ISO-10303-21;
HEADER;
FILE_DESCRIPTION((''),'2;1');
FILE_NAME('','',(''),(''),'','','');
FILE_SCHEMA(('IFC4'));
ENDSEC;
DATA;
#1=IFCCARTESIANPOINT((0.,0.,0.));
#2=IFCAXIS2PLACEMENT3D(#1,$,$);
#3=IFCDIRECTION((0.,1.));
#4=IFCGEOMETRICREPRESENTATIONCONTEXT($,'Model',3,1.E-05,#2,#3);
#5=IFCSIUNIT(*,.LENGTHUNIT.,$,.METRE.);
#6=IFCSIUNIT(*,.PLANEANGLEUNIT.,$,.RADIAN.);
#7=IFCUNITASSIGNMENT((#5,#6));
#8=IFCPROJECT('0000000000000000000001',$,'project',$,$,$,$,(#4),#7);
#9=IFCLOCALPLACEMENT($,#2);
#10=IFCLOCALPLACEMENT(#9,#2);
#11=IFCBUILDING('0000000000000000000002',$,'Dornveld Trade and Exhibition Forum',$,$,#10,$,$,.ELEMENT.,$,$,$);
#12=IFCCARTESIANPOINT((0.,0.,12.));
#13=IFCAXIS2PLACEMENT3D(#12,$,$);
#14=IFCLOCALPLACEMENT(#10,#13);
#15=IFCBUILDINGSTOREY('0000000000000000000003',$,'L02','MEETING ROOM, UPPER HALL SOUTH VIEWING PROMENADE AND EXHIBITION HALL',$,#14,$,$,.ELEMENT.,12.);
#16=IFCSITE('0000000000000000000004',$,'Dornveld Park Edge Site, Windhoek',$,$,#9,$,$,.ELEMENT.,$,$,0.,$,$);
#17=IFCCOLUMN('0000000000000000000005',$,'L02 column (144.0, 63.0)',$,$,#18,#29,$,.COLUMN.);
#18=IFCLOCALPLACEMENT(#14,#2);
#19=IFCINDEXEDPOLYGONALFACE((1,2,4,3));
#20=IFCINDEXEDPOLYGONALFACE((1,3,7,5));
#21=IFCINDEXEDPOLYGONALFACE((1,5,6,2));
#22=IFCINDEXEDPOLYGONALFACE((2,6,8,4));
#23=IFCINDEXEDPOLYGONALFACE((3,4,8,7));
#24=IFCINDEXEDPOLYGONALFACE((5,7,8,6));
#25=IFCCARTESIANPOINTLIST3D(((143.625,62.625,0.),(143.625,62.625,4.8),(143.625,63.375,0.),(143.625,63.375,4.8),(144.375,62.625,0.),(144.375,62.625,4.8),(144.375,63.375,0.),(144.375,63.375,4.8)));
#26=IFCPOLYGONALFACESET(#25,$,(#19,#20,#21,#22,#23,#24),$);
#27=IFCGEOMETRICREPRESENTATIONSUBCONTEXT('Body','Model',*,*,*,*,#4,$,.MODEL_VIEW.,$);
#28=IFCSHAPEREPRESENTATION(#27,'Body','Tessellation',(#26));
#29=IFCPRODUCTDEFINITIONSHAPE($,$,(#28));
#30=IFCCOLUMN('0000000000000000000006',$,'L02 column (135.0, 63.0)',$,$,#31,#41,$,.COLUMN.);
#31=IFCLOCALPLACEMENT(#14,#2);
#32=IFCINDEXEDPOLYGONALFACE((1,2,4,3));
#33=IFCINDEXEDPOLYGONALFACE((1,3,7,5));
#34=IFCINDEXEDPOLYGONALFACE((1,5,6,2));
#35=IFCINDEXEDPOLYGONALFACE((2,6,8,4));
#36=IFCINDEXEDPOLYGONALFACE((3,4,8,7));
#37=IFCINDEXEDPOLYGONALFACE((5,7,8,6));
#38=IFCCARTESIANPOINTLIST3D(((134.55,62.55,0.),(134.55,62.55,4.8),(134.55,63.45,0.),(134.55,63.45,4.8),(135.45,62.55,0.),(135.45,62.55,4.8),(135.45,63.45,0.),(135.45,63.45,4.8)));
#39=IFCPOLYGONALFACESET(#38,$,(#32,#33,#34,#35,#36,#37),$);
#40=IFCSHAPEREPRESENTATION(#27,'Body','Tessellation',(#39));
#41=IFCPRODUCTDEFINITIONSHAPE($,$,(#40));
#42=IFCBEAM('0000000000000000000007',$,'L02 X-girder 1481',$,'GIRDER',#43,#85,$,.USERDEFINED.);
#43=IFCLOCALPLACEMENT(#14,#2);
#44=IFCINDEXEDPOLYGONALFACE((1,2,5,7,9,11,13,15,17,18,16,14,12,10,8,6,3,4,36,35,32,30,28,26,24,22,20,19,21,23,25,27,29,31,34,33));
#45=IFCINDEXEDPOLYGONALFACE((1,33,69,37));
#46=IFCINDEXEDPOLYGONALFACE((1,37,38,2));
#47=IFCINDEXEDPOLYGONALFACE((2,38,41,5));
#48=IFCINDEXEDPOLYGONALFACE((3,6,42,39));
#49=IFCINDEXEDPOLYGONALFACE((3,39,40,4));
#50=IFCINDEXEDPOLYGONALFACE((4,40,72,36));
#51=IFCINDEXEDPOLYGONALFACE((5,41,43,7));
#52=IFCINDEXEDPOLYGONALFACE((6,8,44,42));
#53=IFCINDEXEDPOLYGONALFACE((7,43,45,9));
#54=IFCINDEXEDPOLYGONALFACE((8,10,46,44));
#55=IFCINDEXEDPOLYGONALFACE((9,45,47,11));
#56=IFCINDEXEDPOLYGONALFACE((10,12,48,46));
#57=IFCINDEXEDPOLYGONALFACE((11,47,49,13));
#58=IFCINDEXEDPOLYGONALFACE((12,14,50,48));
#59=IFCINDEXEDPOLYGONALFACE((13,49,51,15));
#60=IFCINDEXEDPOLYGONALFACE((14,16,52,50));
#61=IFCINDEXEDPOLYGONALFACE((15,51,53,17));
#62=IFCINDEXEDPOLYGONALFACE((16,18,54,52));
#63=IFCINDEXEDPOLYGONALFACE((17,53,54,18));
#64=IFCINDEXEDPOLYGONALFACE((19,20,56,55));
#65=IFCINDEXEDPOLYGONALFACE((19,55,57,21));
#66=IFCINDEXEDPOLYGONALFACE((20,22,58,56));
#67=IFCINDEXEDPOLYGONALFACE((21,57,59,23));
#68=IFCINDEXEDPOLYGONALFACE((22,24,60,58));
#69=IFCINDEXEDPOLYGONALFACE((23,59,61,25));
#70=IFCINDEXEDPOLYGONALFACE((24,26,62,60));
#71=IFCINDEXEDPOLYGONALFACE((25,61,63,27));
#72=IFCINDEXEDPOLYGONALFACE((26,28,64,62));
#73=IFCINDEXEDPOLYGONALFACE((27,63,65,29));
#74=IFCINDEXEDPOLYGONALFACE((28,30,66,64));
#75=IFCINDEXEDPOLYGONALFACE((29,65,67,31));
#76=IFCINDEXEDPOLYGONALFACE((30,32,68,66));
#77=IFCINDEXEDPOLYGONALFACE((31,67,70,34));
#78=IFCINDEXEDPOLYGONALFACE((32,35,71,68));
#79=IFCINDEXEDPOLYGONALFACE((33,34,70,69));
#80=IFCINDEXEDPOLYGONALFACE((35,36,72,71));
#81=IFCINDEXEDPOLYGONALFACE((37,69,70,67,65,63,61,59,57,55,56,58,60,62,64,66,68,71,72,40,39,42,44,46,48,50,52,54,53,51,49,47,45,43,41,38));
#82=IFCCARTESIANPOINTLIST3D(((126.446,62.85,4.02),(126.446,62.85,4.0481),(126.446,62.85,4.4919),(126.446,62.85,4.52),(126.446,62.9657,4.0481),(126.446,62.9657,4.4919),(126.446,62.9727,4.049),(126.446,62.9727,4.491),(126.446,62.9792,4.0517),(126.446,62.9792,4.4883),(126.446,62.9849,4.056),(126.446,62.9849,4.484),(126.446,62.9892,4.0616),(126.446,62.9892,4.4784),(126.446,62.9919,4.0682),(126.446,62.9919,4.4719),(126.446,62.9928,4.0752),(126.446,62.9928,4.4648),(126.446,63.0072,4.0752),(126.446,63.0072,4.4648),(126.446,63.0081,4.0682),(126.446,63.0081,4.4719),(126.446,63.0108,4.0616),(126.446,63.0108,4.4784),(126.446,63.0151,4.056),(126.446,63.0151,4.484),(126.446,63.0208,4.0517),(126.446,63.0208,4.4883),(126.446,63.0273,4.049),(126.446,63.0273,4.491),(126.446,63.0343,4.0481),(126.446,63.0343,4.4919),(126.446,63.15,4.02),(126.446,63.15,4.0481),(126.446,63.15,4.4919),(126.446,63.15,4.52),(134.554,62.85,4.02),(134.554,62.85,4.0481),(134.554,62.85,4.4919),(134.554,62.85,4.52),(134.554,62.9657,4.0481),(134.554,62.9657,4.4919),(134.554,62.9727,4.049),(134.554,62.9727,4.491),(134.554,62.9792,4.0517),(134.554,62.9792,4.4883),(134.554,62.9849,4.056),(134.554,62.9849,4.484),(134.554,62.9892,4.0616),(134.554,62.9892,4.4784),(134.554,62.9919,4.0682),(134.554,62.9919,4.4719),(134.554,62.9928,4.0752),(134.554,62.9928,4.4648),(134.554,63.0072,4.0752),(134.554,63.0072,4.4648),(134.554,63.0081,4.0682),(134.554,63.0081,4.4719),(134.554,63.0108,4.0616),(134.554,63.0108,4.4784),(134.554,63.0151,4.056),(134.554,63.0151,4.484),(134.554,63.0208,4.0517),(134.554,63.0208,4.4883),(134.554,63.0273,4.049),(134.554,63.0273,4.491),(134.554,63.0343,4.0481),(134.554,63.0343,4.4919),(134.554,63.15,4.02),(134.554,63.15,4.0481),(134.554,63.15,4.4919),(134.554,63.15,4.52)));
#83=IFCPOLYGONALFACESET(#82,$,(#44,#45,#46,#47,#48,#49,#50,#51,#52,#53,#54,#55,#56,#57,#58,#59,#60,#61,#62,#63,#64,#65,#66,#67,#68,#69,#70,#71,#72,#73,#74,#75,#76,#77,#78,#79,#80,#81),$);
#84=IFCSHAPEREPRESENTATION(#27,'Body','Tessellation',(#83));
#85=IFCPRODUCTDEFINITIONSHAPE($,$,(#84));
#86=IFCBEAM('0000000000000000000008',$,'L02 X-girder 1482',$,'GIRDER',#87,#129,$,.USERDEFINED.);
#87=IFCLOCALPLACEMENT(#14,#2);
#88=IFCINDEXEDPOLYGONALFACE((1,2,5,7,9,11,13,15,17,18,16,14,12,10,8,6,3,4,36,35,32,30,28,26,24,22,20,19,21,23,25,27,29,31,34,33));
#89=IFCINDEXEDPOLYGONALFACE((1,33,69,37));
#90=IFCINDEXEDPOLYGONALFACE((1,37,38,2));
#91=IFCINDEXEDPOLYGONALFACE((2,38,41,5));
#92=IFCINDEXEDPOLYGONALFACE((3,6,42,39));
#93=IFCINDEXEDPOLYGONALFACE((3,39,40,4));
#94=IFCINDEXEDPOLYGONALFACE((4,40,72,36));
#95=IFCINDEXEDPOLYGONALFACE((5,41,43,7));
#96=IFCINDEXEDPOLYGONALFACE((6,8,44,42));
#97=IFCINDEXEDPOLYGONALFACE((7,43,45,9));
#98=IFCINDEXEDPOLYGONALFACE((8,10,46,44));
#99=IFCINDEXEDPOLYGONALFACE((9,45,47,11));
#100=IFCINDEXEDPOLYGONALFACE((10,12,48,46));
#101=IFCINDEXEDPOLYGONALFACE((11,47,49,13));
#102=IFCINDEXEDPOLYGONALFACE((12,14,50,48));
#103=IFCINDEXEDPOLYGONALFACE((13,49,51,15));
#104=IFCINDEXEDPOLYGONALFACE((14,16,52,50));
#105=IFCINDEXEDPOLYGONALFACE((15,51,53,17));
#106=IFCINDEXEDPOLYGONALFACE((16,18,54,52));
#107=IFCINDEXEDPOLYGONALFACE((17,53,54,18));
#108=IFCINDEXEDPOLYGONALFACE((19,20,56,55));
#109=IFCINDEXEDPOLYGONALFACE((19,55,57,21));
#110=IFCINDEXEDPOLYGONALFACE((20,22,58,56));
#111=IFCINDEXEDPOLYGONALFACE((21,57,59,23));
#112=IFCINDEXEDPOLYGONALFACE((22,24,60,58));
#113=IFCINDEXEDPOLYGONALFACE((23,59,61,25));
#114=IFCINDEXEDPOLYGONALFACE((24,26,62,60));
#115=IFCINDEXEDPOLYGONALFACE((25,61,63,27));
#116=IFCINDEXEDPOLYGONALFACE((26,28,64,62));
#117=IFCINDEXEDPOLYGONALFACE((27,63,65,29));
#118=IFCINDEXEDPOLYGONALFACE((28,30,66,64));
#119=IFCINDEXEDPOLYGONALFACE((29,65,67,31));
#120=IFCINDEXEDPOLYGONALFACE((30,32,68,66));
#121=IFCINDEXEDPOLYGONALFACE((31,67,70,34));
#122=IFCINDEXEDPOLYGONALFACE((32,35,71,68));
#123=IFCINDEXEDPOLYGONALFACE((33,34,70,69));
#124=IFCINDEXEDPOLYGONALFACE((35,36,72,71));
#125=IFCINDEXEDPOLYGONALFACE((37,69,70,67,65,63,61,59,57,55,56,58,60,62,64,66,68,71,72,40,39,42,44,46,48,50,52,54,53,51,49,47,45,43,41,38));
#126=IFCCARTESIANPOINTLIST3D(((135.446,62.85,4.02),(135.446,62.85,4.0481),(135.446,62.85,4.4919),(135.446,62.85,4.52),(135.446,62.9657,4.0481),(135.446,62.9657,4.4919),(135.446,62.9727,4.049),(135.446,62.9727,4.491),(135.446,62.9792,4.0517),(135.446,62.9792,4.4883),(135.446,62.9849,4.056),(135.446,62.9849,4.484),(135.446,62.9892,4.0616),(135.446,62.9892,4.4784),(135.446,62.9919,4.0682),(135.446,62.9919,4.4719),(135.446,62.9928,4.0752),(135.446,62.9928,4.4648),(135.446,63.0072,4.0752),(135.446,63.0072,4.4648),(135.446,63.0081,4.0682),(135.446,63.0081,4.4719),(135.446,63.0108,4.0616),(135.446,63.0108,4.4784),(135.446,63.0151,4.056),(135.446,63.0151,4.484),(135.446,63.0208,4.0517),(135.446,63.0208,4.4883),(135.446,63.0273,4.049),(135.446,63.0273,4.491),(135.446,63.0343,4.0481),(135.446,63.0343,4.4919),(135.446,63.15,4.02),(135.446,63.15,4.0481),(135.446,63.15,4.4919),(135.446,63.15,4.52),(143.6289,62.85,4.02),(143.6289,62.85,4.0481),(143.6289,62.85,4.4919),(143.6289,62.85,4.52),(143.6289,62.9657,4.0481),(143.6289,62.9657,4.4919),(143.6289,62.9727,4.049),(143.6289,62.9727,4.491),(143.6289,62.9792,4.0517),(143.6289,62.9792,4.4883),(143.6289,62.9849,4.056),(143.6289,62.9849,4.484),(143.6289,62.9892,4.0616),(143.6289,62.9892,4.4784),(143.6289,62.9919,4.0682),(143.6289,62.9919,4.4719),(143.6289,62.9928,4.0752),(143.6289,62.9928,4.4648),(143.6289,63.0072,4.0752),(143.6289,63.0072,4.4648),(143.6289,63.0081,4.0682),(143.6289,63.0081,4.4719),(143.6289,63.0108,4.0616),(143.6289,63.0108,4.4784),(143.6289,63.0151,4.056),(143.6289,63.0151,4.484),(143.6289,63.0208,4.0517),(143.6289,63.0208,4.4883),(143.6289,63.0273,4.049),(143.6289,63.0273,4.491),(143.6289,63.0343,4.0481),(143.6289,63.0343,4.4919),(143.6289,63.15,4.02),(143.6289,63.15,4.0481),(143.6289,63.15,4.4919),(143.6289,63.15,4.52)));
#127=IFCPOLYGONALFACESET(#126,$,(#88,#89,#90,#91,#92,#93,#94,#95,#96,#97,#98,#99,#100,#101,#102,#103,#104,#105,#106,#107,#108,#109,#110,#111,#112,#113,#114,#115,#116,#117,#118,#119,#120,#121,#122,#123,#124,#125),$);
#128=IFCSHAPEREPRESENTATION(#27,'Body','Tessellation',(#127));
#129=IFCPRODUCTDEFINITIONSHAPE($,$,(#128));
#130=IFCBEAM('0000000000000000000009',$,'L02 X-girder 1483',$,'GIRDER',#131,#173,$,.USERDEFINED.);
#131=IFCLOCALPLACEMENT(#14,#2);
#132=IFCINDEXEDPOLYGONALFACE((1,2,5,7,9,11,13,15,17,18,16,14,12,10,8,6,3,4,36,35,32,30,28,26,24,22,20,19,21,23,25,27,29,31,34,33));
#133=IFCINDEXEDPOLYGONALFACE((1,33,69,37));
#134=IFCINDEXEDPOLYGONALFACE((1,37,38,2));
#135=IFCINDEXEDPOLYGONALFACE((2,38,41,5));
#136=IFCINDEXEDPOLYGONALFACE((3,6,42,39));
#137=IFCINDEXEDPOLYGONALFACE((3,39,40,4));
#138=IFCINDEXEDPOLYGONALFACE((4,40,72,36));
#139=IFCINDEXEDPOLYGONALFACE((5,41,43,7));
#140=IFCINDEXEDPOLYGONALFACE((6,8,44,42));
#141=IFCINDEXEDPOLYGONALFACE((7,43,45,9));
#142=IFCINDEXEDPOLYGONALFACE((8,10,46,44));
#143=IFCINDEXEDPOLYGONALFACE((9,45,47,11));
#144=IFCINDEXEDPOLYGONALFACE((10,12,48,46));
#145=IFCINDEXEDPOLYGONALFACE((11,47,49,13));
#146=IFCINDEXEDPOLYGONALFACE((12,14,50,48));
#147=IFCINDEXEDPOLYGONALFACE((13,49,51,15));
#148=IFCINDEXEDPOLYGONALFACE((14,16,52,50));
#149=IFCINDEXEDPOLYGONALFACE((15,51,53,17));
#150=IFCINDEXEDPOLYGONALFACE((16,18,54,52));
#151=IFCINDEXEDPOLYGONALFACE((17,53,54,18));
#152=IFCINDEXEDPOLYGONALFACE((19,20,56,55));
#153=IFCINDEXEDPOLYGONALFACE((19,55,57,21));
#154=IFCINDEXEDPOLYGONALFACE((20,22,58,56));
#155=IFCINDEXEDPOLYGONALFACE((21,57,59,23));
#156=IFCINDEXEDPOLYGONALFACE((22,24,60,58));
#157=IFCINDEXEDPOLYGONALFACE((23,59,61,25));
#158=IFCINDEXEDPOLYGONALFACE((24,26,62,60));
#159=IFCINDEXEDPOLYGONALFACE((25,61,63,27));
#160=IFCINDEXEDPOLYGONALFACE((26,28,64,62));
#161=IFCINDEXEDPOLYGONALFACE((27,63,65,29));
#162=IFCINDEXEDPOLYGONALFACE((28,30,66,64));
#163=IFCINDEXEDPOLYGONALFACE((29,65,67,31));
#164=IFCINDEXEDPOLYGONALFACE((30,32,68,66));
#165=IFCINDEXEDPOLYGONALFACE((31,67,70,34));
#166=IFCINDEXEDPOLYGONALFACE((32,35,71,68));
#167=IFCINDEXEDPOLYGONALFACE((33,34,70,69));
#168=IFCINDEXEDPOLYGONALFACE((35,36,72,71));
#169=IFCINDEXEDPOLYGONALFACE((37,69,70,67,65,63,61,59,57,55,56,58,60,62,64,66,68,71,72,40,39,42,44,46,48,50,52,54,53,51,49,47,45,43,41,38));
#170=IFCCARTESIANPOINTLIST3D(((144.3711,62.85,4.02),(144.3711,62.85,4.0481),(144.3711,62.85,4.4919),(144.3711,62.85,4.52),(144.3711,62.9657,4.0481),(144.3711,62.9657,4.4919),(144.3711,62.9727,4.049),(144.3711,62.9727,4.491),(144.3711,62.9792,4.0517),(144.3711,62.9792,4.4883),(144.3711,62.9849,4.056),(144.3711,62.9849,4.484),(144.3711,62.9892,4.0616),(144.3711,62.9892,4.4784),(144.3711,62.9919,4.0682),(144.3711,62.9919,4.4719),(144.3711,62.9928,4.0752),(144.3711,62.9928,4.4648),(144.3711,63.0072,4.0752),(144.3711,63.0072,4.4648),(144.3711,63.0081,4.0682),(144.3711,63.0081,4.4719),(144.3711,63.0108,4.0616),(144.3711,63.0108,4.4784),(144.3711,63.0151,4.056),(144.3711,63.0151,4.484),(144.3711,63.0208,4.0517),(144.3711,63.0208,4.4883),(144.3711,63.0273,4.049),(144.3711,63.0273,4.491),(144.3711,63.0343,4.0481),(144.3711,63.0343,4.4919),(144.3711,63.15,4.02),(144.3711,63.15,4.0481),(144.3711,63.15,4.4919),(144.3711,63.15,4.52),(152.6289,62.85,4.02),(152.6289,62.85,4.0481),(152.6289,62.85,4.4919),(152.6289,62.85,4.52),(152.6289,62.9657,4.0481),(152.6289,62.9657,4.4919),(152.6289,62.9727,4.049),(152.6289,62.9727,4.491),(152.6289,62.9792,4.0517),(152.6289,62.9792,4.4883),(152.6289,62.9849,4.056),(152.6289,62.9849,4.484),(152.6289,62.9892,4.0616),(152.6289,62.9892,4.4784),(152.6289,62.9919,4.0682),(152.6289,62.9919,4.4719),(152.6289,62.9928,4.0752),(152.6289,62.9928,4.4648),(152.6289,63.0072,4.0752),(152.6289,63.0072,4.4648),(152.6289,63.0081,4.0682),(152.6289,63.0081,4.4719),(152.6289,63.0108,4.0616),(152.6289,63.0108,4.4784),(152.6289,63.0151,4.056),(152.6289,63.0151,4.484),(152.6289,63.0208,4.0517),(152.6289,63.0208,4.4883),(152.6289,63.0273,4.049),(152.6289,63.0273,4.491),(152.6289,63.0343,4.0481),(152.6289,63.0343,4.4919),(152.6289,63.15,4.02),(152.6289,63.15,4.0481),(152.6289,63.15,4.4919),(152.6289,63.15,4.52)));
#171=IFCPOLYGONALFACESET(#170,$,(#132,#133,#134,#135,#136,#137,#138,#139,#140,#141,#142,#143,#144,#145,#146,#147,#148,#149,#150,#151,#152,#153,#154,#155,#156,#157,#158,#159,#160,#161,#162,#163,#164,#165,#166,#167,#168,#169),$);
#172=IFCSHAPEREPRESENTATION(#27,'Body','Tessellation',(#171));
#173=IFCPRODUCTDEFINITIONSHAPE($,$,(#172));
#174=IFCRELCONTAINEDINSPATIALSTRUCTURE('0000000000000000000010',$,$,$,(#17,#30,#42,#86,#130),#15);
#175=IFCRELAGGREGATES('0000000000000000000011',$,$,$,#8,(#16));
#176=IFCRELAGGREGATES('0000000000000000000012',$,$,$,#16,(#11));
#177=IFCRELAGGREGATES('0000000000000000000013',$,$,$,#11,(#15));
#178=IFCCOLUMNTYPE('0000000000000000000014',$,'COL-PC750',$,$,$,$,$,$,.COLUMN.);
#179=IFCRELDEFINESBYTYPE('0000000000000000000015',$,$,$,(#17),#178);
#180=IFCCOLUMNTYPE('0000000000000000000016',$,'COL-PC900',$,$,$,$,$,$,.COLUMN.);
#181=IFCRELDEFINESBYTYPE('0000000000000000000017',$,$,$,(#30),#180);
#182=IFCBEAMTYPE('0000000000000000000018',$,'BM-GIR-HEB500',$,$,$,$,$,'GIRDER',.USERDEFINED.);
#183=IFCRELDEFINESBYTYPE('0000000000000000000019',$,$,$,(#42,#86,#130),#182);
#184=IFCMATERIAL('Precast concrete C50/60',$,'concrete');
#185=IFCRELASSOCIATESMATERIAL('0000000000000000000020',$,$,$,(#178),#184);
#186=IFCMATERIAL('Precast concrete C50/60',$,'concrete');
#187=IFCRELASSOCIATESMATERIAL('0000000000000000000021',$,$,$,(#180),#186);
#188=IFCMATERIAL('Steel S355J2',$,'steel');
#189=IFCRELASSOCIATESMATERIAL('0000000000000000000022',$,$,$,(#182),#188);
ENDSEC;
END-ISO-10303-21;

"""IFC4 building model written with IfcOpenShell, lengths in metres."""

from ifc_helpers import new_model, si_unit, direction, frame, origin, origin_2d, place, context, subcontext, project, spatial, rectangle, i_section, extrude, material, material_profile, profile_set, type_object, element, save


model = new_model("IFC4")

# Units and contexts
model_context = context("Model", 3, precision=1e-05, world=origin(), true_north=direction((0.0, 1.0)))
body_context = subcontext(model_context, "Body", "Model", "MODEL_VIEW")
ifc_project = project(units=[si_unit("LENGTHUNIT", "METRE"), si_unit("PLANEANGLEUNIT", "RADIAN")], contexts=[model_context])

# Site, building, storey
site_placement = place(None, origin())
site = spatial("IfcSite", under=ifc_project, at=site_placement, Name="Dornveld Park Edge Site, Windhoek", CompositionType="ELEMENT", RefElevation=0.0)
building_placement = place(site_placement, origin())
building = spatial("IfcBuilding", under=site, at=building_placement, Name="Dornveld Trade and Exhibition Forum", CompositionType="ELEMENT")
storey_placement = place(building_placement, frame((0.0, 0.0, 12.0)))
storey = spatial("IfcBuildingStorey", under=building, at=storey_placement, Name="L02", Description="MEETING ROOM, UPPER HALL SOUTH VIEWING PROMENADE AND EXHIBITION HALL", CompositionType="ELEMENT", Elevation=12.0)

# Columns
ifc_material_1 = material(Name="Precast concrete C50/60", Category="concrete")
ifc_material_profile_1 = material_profile(ifc_material_1, rectangle(XDim=0.75, YDim=0.75, at=origin_2d()), Name="PC-COL 750x750")
ifc_profile_set_1 = profile_set([ifc_material_profile_1], Name="Precast concrete C50/60")
column_type_1 = type_object("IfcColumnType", Name="COL-PC750", PredefinedType="COLUMN", material=ifc_profile_set_1)
column_1_placement = place(storey_placement, frame((144.0, 63.0, 0.0), z_axis=(0.0, 0.0, 1.0), x_axis=(1.0, 0.0, 0.0)))
element("IfcColumn", 1, at=column_1_placement, inside=storey, type_object=column_type_1, Name="L02 column (144.0, 63.0)", PredefinedType="COLUMN", context=body_context, shape_type="SweptSolid", body=[
    extrude(rectangle(XDim=0.75, YDim=0.75, at=origin_2d()), origin(), (0.0, 0.0, 1.0), 4.8),
])
ifc_material_2 = material(Name="Precast concrete C50/60", Category="concrete")
ifc_material_profile_2 = material_profile(ifc_material_2, rectangle(XDim=0.8999, YDim=0.8999, at=origin_2d()), Name="PC-COL 900x900")
ifc_profile_set_2 = profile_set([ifc_material_profile_2], Name="Precast concrete C50/60")
column_type_2 = type_object("IfcColumnType", Name="COL-PC900", PredefinedType="COLUMN", material=ifc_profile_set_2)
column_2_placement = place(storey_placement, frame((135.0, 63.0, 0.0), z_axis=(0.0, 0.0, 1.0), x_axis=(1.0, 0.0, 0.0)))
element("IfcColumn", 2, at=column_2_placement, inside=storey, type_object=column_type_2, Name="L02 column (135.0, 63.0)", PredefinedType="COLUMN", context=body_context, shape_type="SweptSolid", body=[
    extrude(rectangle(XDim=0.8999, YDim=0.8999, at=origin_2d()), origin(), (0.0, 0.0, 1.0), 4.8),
])

# Beams
ifc_material_3 = material(Name="Steel S355J2", Category="steel")
ifc_material_profile_3 = material_profile(ifc_material_3, i_section(OverallWidth=0.3, OverallDepth=0.5, WebThickness=0.0144, FlangeThickness=0.0281, FilletRadius=0.0271, at=origin_2d()), Name="HEB 500")
ifc_profile_set_3 = profile_set([ifc_material_profile_3], Name="Steel S355J2")
beam_type_1 = type_object("IfcBeamType", Name="BM-GIR-HEB500", ElementType="GIRDER", PredefinedType="USERDEFINED", material=ifc_profile_set_3)
beam_1_placement = place(storey_placement, frame((126.446, 63.0, 4.27), z_axis=(1.0, 0.0, 0.0), x_axis=(0.0, 1.0, 0.0)))
element("IfcBeam", 3, at=beam_1_placement, inside=storey, type_object=beam_type_1, Name="L02 X-girder 1481", ObjectType="GIRDER", PredefinedType="USERDEFINED", context=body_context, shape_type="SweptSolid", body=[
    extrude(i_section(OverallWidth=0.3, OverallDepth=0.5, WebThickness=0.0144, FlangeThickness=0.0281, FilletRadius=0.0271, at=origin_2d()), origin(), (0.0, 0.0, 1.0), 8.1079),
])
beam_2_placement = place(storey_placement, frame((135.446, 63.0, 4.27), z_axis=(1.0, 0.0, 0.0), x_axis=(0.0, 1.0, 0.0)))
element("IfcBeam", 4, at=beam_2_placement, inside=storey, type_object=beam_type_1, Name="L02 X-girder 1482", ObjectType="GIRDER", PredefinedType="USERDEFINED", context=body_context, shape_type="SweptSolid", body=[
    extrude(i_section(OverallWidth=0.3, OverallDepth=0.5, WebThickness=0.0144, FlangeThickness=0.0281, FilletRadius=0.0271, at=origin_2d()), origin(), (0.0, 0.0, 1.0), 8.1829),
])
beam_3_placement = place(storey_placement, frame((144.3711, 63.0, 4.27), z_axis=(1.0, 0.0, 0.0), x_axis=(0.0, 1.0, 0.0)))
element("IfcBeam", 5, at=beam_3_placement, inside=storey, type_object=beam_type_1, Name="L02 X-girder 1483", ObjectType="GIRDER", PredefinedType="USERDEFINED", context=body_context, shape_type="SweptSolid", body=[
    extrude(i_section(OverallWidth=0.3, OverallDepth=0.5, WebThickness=0.0144, FlangeThickness=0.0281, FilletRadius=0.0271, at=origin_2d()), origin(), (0.0, 0.0, 1.0), 8.2578),
])

save(model, "model.ifc")
